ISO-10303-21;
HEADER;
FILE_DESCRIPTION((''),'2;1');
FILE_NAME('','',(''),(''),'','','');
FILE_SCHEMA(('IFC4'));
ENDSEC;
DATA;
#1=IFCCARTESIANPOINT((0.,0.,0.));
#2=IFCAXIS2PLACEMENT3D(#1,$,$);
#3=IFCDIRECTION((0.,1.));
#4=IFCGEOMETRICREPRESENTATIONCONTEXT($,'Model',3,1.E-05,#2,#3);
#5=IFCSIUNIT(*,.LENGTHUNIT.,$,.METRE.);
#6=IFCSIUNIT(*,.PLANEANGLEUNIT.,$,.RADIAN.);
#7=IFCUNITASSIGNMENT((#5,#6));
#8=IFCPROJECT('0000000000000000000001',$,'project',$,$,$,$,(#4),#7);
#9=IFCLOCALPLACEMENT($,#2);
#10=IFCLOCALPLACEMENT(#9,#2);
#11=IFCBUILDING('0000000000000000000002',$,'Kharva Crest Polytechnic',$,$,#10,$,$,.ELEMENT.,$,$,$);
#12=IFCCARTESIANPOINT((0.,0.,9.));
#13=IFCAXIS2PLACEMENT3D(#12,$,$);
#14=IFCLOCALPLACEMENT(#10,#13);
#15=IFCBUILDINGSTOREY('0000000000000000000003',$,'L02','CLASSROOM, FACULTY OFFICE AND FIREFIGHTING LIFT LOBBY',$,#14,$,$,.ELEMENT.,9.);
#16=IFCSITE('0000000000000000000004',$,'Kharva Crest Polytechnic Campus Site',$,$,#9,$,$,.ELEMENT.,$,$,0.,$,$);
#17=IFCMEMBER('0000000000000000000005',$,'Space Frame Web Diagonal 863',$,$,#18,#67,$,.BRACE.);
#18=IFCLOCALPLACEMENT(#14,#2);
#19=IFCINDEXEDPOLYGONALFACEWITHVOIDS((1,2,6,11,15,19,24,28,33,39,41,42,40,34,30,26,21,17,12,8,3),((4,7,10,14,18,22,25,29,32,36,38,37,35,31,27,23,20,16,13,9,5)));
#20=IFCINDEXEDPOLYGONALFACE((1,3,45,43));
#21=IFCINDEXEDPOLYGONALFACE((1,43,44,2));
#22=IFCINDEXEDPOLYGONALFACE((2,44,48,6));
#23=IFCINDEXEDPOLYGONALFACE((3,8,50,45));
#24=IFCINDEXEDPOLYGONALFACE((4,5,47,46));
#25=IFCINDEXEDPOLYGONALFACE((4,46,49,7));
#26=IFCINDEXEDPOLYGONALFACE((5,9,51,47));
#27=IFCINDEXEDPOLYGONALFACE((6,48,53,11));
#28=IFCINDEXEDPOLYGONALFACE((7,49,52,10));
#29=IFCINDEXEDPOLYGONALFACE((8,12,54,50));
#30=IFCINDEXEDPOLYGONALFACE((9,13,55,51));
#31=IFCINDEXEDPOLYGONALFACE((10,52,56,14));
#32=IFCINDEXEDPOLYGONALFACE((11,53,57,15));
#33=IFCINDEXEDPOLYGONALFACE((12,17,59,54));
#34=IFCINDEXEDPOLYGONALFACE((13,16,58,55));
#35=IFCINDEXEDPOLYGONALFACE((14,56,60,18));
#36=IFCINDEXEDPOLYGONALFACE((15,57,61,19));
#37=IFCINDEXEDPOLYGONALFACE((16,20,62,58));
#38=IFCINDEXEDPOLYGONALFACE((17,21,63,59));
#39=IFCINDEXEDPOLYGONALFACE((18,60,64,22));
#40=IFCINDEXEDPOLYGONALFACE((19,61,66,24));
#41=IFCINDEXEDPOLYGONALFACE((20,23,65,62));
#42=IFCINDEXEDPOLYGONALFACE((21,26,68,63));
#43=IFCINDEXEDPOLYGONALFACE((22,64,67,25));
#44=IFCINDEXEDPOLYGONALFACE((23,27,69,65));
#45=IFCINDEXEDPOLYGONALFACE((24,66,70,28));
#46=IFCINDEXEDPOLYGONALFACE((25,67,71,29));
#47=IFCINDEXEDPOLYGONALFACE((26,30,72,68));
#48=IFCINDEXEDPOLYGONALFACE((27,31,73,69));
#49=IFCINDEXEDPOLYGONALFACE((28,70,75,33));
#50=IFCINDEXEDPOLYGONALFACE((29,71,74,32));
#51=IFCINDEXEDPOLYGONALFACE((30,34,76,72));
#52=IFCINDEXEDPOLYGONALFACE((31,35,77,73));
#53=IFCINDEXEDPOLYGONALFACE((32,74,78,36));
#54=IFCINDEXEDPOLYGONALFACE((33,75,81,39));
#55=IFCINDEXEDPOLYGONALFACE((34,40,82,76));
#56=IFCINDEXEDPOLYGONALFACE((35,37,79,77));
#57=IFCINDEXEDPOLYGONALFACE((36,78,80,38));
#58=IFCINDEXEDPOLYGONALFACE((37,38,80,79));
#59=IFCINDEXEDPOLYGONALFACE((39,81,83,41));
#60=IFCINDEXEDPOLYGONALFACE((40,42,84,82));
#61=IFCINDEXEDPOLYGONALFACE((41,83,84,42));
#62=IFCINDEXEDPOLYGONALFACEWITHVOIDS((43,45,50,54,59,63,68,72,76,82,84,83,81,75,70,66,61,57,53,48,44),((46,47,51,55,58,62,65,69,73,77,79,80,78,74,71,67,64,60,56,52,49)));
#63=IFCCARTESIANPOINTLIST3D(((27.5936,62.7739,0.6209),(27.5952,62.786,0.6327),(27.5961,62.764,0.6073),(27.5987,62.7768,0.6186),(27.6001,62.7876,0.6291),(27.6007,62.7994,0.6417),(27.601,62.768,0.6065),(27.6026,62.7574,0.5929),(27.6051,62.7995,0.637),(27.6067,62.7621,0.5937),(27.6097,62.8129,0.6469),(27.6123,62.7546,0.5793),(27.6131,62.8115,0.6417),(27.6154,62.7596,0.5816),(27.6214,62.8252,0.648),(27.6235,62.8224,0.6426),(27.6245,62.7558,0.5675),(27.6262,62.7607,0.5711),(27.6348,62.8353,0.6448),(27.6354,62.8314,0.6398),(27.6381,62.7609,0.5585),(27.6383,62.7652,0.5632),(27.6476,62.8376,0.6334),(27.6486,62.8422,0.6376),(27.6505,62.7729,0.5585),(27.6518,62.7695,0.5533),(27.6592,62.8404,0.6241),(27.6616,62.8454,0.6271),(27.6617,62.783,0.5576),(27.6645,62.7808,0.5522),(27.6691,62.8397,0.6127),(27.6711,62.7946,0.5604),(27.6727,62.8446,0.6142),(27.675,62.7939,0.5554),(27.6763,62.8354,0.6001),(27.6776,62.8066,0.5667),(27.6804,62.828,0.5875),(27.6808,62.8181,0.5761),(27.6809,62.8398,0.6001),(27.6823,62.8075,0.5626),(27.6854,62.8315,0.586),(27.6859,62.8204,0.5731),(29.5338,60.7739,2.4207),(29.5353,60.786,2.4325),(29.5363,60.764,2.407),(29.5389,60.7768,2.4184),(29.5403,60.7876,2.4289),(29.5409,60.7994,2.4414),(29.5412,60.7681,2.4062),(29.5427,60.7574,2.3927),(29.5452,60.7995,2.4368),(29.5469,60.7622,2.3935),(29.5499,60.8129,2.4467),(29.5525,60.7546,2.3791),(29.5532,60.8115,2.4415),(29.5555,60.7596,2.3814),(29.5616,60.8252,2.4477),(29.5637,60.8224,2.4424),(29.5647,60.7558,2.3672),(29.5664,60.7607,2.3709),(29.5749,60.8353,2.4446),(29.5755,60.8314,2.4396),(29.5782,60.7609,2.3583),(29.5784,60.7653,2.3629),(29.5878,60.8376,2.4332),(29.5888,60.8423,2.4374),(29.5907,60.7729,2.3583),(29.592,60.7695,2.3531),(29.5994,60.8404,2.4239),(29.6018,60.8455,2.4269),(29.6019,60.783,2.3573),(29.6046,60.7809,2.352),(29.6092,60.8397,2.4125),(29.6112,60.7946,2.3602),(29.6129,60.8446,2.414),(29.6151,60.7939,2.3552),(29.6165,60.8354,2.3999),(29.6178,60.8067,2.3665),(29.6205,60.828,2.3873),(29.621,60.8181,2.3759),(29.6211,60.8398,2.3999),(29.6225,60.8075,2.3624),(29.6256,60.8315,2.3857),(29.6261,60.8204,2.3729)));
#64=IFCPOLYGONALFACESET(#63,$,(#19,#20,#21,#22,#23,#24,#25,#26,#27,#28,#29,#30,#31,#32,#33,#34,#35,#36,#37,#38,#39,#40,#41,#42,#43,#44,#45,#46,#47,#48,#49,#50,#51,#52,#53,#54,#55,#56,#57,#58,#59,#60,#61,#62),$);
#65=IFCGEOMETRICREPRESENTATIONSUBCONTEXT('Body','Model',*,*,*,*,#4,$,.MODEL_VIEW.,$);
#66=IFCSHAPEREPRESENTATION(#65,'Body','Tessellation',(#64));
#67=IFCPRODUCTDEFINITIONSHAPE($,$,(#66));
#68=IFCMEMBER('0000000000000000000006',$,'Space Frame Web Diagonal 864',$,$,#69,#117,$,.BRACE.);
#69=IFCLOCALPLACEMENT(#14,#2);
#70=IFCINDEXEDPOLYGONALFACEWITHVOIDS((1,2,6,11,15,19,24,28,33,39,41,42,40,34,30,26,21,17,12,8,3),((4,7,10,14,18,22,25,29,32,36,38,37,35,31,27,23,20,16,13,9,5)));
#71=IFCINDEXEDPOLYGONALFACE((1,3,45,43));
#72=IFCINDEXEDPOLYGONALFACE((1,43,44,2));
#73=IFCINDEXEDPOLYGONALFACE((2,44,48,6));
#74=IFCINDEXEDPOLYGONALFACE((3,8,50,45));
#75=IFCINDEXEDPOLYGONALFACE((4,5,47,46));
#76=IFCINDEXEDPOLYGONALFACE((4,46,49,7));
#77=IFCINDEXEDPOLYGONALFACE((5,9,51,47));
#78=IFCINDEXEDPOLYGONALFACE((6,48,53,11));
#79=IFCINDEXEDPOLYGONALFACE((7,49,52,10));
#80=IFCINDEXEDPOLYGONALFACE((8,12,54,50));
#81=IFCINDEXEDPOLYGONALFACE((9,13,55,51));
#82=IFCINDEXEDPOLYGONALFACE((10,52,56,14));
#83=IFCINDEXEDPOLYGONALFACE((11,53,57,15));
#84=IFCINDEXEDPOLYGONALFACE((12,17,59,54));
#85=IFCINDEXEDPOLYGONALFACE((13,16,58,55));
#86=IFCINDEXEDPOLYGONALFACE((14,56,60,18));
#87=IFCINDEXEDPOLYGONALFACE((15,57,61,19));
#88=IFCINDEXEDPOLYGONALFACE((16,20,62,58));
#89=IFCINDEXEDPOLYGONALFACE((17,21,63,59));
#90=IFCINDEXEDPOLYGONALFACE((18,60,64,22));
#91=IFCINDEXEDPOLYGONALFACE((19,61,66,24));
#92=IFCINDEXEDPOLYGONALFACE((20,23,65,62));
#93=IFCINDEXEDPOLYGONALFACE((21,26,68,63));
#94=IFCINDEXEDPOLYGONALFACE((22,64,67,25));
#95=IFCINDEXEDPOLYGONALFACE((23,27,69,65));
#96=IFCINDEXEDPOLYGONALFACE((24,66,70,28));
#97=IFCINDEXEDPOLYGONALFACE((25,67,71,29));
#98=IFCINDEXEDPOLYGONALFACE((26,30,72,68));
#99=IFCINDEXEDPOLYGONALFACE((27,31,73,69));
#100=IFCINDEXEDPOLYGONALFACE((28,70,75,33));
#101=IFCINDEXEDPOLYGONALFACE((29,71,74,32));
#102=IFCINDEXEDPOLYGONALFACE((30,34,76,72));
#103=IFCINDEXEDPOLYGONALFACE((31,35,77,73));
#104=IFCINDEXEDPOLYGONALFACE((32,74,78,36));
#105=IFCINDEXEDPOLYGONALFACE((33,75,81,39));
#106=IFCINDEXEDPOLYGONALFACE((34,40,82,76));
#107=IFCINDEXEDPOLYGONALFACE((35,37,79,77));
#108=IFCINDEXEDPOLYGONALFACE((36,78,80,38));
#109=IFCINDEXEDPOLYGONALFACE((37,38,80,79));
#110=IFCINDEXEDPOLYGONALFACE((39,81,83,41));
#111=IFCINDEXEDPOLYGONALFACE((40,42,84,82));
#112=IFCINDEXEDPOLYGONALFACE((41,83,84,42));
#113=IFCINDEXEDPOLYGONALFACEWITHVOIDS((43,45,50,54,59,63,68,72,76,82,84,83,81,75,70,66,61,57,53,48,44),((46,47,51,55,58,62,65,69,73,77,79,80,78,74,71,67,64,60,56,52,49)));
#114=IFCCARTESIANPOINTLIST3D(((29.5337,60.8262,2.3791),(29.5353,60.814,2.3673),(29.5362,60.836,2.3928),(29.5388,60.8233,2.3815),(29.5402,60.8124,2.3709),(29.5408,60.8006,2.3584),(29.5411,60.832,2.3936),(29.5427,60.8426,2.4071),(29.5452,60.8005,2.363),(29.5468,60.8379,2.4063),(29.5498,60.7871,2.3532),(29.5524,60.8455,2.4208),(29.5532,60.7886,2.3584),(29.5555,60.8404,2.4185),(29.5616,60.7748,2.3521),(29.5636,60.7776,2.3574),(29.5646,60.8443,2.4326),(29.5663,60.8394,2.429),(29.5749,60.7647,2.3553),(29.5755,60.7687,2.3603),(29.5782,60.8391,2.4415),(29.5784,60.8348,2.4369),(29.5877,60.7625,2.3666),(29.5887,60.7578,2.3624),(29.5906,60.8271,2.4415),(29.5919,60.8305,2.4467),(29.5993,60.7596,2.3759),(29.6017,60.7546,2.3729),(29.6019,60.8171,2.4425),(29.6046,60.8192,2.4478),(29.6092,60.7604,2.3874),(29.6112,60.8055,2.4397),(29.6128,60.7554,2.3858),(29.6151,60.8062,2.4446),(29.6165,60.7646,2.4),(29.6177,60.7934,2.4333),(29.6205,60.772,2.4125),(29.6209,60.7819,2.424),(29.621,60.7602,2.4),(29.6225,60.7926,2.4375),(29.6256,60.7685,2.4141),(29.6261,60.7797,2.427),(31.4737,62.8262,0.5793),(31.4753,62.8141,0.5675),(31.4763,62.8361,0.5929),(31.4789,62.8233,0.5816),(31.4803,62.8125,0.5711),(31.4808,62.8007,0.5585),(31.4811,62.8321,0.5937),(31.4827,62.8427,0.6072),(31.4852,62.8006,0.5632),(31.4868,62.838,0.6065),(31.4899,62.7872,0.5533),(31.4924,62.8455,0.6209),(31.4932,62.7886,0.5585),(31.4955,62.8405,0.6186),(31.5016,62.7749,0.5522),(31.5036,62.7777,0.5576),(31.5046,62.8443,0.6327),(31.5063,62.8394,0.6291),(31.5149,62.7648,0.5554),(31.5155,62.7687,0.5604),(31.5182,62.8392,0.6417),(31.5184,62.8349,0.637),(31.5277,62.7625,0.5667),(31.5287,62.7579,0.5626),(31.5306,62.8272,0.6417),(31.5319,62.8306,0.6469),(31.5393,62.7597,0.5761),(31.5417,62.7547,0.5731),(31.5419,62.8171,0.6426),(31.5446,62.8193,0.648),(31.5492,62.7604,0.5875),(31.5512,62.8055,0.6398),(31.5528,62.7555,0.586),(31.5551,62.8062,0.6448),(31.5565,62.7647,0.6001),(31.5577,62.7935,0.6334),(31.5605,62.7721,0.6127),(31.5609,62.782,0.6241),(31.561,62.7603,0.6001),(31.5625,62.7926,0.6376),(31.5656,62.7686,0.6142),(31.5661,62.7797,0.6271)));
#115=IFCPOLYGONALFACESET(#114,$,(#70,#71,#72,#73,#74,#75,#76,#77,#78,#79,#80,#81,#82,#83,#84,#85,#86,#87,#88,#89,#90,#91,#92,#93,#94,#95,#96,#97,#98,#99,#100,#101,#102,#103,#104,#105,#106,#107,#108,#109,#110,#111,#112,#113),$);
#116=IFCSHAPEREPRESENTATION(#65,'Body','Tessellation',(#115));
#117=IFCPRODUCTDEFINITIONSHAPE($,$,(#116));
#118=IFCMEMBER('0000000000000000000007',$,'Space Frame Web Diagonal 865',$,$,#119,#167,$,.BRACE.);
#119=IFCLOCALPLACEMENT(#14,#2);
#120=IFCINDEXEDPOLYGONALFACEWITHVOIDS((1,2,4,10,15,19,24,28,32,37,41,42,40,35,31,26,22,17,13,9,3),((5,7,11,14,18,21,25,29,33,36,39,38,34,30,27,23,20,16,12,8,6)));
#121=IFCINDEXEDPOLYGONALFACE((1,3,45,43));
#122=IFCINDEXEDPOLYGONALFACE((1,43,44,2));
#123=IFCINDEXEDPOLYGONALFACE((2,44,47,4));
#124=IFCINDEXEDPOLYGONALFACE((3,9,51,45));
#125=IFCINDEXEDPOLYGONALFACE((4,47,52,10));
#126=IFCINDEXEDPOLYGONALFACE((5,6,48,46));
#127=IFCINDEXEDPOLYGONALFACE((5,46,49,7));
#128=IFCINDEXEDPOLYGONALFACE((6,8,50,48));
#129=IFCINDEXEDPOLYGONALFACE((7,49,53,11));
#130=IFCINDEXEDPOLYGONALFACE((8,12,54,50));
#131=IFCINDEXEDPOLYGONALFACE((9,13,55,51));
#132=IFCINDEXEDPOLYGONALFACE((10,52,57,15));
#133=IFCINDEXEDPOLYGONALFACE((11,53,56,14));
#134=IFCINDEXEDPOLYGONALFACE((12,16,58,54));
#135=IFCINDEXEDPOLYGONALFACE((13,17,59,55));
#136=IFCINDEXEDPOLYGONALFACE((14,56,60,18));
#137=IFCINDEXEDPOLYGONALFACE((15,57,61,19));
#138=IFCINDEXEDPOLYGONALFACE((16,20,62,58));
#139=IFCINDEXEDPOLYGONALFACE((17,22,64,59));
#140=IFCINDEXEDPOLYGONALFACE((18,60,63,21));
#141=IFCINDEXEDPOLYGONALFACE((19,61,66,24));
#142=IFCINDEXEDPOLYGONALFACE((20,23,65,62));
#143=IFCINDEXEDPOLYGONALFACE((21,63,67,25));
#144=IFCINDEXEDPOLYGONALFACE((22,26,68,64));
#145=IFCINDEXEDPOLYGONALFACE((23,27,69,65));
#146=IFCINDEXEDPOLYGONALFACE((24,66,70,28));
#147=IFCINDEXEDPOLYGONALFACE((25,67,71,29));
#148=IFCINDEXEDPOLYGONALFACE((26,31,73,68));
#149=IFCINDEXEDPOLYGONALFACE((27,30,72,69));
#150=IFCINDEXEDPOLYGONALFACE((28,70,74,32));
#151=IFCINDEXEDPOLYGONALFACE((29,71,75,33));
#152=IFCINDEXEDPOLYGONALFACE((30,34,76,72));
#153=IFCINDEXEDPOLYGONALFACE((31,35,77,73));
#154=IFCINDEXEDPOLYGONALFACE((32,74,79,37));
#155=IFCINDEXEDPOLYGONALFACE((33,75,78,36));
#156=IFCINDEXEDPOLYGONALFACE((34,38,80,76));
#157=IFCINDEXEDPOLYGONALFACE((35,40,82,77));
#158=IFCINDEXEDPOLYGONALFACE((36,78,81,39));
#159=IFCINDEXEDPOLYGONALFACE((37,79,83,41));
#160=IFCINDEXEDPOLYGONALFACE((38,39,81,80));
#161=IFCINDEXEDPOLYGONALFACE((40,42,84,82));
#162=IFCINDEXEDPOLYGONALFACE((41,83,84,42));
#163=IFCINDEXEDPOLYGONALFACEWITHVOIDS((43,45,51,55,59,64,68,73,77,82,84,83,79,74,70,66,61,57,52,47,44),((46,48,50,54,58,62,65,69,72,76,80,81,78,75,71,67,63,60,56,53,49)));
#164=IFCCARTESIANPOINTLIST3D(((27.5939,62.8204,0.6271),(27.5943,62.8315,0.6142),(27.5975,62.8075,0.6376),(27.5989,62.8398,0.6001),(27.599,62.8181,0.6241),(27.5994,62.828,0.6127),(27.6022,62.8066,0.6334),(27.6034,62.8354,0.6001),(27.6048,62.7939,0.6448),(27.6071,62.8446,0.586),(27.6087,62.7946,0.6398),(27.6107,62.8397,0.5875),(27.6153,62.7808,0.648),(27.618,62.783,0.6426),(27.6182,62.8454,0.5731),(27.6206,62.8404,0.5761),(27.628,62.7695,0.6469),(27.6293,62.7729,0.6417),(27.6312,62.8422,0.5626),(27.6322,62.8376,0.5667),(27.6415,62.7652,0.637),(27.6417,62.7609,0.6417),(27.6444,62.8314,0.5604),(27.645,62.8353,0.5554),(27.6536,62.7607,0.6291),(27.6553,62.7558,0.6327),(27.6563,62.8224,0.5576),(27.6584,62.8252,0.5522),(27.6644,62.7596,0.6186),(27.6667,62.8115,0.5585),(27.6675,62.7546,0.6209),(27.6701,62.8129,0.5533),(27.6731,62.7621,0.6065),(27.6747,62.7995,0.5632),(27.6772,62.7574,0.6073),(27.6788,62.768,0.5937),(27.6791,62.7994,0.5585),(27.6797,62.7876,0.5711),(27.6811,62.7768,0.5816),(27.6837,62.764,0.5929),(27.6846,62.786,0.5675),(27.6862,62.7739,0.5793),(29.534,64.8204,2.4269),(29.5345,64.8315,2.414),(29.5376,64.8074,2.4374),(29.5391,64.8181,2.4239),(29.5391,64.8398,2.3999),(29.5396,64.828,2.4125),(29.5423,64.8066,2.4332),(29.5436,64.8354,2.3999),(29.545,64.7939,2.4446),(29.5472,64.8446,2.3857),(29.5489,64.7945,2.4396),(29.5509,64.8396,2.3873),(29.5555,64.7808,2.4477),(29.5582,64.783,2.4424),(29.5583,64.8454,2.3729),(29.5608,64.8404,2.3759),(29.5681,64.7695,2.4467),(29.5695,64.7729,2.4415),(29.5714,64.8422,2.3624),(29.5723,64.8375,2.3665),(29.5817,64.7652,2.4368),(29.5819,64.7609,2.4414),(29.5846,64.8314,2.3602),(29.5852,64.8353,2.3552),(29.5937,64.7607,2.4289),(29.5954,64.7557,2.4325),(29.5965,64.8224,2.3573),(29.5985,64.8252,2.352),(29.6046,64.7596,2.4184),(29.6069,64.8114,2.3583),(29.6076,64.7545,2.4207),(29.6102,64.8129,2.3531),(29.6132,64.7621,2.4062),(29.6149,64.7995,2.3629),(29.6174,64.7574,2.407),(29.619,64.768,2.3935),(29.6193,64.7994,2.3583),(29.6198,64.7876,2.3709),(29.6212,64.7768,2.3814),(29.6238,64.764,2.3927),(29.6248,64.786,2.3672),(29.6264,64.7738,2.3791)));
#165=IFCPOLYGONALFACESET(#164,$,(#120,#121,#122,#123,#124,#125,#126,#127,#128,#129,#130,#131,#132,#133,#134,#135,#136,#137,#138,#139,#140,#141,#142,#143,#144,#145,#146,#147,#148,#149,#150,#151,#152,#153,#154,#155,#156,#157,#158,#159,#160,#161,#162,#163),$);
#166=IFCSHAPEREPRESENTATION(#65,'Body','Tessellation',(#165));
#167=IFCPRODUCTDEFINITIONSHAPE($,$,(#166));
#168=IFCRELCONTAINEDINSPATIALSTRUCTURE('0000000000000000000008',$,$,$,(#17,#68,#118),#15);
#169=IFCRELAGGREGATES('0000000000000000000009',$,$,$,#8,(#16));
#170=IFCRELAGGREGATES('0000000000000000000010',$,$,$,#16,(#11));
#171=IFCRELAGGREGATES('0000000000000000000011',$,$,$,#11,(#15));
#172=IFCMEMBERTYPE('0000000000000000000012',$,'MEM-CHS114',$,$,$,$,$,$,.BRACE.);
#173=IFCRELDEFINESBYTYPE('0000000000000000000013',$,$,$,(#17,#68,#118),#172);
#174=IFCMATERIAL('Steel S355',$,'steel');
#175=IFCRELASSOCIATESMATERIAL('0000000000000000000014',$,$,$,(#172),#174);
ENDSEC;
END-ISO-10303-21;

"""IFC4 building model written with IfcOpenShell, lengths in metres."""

from ifc_helpers import new_model, si_unit, direction, frame, origin, origin_2d, place, context, subcontext, project, spatial, hollow_circle, extrude, material, material_profile, profile_set, type_object, element, save


model = new_model("IFC4")

# Units and contexts
model_context = context("Model", 3, precision=1e-05, world=origin(), true_north=direction((0.0, 1.0)))
body_context = subcontext(model_context, "Body", "Model", "MODEL_VIEW")
ifc_project = project(units=[si_unit("LENGTHUNIT", "METRE"), si_unit("PLANEANGLEUNIT", "RADIAN")], contexts=[model_context])

# Site, building, storey
site_placement = place(None, origin())
site = spatial("IfcSite", under=ifc_project, at=site_placement, Name="Kharva Crest Polytechnic Campus Site", CompositionType="ELEMENT", RefElevation=0.0)
building_placement = place(site_placement, origin())
building = spatial("IfcBuilding", under=site, at=building_placement, Name="Kharva Crest Polytechnic", CompositionType="ELEMENT")
storey_placement = place(building_placement, frame((0.0, 0.0, 9.0)))
storey = spatial("IfcBuildingStorey", under=building, at=storey_placement, Name="L02", Description="CLASSROOM, FACULTY OFFICE AND FIREFIGHTING LIFT LOBBY", CompositionType="ELEMENT", Elevation=9.0)

# Shared definitions
ifc_material_1 = material(Name="Steel S355", Category="steel")

# Members
ifc_material_profile_1 = material_profile(ifc_material_1, hollow_circle(Radius=0.0571, WallThickness=0.0063, at=origin_2d()), Name="CHS 114.3X6.3")
ifc_profile_set_1 = profile_set([ifc_material_profile_1], Name="Steel S355")
member_type_1 = type_object("IfcMemberType", Name="MEM-CHS114", PredefinedType="BRACE", material=ifc_profile_set_1)
for number, where, z_axis, x_axis, name in (
    (1, (27.6399, 62.8, 0.6001), (0.584892, -0.602924, 0.542572), (0.717758, 0.696292, 0.0), "Space Frame Web Diagonal 863"),
    (2, (31.52, 62.8, 0.6001), (-0.584843, -0.60295, 0.542596), (0.717802, -0.696247, 0.0), "Space Frame Web Diagonal 864"),
    (3, (27.6399, 62.8, 0.6001), (0.584892, 0.602924, 0.542572), (-0.717758, 0.696292, 0.0), "Space Frame Web Diagonal 865"),
):
    element("IfcMember", number, at=place(storey_placement, frame(where, z_axis=z_axis, x_axis=x_axis)), inside=storey, type_object=member_type_1, Name=name, PredefinedType="BRACE", context=body_context, shape_type="SweptSolid", body=[
        extrude(hollow_circle(Radius=0.0571, WallThickness=0.0063, at=origin_2d()), origin(), (0.0, 0.0, 1.0), 3.3171),
    ])

save(model, "model.ifc")
